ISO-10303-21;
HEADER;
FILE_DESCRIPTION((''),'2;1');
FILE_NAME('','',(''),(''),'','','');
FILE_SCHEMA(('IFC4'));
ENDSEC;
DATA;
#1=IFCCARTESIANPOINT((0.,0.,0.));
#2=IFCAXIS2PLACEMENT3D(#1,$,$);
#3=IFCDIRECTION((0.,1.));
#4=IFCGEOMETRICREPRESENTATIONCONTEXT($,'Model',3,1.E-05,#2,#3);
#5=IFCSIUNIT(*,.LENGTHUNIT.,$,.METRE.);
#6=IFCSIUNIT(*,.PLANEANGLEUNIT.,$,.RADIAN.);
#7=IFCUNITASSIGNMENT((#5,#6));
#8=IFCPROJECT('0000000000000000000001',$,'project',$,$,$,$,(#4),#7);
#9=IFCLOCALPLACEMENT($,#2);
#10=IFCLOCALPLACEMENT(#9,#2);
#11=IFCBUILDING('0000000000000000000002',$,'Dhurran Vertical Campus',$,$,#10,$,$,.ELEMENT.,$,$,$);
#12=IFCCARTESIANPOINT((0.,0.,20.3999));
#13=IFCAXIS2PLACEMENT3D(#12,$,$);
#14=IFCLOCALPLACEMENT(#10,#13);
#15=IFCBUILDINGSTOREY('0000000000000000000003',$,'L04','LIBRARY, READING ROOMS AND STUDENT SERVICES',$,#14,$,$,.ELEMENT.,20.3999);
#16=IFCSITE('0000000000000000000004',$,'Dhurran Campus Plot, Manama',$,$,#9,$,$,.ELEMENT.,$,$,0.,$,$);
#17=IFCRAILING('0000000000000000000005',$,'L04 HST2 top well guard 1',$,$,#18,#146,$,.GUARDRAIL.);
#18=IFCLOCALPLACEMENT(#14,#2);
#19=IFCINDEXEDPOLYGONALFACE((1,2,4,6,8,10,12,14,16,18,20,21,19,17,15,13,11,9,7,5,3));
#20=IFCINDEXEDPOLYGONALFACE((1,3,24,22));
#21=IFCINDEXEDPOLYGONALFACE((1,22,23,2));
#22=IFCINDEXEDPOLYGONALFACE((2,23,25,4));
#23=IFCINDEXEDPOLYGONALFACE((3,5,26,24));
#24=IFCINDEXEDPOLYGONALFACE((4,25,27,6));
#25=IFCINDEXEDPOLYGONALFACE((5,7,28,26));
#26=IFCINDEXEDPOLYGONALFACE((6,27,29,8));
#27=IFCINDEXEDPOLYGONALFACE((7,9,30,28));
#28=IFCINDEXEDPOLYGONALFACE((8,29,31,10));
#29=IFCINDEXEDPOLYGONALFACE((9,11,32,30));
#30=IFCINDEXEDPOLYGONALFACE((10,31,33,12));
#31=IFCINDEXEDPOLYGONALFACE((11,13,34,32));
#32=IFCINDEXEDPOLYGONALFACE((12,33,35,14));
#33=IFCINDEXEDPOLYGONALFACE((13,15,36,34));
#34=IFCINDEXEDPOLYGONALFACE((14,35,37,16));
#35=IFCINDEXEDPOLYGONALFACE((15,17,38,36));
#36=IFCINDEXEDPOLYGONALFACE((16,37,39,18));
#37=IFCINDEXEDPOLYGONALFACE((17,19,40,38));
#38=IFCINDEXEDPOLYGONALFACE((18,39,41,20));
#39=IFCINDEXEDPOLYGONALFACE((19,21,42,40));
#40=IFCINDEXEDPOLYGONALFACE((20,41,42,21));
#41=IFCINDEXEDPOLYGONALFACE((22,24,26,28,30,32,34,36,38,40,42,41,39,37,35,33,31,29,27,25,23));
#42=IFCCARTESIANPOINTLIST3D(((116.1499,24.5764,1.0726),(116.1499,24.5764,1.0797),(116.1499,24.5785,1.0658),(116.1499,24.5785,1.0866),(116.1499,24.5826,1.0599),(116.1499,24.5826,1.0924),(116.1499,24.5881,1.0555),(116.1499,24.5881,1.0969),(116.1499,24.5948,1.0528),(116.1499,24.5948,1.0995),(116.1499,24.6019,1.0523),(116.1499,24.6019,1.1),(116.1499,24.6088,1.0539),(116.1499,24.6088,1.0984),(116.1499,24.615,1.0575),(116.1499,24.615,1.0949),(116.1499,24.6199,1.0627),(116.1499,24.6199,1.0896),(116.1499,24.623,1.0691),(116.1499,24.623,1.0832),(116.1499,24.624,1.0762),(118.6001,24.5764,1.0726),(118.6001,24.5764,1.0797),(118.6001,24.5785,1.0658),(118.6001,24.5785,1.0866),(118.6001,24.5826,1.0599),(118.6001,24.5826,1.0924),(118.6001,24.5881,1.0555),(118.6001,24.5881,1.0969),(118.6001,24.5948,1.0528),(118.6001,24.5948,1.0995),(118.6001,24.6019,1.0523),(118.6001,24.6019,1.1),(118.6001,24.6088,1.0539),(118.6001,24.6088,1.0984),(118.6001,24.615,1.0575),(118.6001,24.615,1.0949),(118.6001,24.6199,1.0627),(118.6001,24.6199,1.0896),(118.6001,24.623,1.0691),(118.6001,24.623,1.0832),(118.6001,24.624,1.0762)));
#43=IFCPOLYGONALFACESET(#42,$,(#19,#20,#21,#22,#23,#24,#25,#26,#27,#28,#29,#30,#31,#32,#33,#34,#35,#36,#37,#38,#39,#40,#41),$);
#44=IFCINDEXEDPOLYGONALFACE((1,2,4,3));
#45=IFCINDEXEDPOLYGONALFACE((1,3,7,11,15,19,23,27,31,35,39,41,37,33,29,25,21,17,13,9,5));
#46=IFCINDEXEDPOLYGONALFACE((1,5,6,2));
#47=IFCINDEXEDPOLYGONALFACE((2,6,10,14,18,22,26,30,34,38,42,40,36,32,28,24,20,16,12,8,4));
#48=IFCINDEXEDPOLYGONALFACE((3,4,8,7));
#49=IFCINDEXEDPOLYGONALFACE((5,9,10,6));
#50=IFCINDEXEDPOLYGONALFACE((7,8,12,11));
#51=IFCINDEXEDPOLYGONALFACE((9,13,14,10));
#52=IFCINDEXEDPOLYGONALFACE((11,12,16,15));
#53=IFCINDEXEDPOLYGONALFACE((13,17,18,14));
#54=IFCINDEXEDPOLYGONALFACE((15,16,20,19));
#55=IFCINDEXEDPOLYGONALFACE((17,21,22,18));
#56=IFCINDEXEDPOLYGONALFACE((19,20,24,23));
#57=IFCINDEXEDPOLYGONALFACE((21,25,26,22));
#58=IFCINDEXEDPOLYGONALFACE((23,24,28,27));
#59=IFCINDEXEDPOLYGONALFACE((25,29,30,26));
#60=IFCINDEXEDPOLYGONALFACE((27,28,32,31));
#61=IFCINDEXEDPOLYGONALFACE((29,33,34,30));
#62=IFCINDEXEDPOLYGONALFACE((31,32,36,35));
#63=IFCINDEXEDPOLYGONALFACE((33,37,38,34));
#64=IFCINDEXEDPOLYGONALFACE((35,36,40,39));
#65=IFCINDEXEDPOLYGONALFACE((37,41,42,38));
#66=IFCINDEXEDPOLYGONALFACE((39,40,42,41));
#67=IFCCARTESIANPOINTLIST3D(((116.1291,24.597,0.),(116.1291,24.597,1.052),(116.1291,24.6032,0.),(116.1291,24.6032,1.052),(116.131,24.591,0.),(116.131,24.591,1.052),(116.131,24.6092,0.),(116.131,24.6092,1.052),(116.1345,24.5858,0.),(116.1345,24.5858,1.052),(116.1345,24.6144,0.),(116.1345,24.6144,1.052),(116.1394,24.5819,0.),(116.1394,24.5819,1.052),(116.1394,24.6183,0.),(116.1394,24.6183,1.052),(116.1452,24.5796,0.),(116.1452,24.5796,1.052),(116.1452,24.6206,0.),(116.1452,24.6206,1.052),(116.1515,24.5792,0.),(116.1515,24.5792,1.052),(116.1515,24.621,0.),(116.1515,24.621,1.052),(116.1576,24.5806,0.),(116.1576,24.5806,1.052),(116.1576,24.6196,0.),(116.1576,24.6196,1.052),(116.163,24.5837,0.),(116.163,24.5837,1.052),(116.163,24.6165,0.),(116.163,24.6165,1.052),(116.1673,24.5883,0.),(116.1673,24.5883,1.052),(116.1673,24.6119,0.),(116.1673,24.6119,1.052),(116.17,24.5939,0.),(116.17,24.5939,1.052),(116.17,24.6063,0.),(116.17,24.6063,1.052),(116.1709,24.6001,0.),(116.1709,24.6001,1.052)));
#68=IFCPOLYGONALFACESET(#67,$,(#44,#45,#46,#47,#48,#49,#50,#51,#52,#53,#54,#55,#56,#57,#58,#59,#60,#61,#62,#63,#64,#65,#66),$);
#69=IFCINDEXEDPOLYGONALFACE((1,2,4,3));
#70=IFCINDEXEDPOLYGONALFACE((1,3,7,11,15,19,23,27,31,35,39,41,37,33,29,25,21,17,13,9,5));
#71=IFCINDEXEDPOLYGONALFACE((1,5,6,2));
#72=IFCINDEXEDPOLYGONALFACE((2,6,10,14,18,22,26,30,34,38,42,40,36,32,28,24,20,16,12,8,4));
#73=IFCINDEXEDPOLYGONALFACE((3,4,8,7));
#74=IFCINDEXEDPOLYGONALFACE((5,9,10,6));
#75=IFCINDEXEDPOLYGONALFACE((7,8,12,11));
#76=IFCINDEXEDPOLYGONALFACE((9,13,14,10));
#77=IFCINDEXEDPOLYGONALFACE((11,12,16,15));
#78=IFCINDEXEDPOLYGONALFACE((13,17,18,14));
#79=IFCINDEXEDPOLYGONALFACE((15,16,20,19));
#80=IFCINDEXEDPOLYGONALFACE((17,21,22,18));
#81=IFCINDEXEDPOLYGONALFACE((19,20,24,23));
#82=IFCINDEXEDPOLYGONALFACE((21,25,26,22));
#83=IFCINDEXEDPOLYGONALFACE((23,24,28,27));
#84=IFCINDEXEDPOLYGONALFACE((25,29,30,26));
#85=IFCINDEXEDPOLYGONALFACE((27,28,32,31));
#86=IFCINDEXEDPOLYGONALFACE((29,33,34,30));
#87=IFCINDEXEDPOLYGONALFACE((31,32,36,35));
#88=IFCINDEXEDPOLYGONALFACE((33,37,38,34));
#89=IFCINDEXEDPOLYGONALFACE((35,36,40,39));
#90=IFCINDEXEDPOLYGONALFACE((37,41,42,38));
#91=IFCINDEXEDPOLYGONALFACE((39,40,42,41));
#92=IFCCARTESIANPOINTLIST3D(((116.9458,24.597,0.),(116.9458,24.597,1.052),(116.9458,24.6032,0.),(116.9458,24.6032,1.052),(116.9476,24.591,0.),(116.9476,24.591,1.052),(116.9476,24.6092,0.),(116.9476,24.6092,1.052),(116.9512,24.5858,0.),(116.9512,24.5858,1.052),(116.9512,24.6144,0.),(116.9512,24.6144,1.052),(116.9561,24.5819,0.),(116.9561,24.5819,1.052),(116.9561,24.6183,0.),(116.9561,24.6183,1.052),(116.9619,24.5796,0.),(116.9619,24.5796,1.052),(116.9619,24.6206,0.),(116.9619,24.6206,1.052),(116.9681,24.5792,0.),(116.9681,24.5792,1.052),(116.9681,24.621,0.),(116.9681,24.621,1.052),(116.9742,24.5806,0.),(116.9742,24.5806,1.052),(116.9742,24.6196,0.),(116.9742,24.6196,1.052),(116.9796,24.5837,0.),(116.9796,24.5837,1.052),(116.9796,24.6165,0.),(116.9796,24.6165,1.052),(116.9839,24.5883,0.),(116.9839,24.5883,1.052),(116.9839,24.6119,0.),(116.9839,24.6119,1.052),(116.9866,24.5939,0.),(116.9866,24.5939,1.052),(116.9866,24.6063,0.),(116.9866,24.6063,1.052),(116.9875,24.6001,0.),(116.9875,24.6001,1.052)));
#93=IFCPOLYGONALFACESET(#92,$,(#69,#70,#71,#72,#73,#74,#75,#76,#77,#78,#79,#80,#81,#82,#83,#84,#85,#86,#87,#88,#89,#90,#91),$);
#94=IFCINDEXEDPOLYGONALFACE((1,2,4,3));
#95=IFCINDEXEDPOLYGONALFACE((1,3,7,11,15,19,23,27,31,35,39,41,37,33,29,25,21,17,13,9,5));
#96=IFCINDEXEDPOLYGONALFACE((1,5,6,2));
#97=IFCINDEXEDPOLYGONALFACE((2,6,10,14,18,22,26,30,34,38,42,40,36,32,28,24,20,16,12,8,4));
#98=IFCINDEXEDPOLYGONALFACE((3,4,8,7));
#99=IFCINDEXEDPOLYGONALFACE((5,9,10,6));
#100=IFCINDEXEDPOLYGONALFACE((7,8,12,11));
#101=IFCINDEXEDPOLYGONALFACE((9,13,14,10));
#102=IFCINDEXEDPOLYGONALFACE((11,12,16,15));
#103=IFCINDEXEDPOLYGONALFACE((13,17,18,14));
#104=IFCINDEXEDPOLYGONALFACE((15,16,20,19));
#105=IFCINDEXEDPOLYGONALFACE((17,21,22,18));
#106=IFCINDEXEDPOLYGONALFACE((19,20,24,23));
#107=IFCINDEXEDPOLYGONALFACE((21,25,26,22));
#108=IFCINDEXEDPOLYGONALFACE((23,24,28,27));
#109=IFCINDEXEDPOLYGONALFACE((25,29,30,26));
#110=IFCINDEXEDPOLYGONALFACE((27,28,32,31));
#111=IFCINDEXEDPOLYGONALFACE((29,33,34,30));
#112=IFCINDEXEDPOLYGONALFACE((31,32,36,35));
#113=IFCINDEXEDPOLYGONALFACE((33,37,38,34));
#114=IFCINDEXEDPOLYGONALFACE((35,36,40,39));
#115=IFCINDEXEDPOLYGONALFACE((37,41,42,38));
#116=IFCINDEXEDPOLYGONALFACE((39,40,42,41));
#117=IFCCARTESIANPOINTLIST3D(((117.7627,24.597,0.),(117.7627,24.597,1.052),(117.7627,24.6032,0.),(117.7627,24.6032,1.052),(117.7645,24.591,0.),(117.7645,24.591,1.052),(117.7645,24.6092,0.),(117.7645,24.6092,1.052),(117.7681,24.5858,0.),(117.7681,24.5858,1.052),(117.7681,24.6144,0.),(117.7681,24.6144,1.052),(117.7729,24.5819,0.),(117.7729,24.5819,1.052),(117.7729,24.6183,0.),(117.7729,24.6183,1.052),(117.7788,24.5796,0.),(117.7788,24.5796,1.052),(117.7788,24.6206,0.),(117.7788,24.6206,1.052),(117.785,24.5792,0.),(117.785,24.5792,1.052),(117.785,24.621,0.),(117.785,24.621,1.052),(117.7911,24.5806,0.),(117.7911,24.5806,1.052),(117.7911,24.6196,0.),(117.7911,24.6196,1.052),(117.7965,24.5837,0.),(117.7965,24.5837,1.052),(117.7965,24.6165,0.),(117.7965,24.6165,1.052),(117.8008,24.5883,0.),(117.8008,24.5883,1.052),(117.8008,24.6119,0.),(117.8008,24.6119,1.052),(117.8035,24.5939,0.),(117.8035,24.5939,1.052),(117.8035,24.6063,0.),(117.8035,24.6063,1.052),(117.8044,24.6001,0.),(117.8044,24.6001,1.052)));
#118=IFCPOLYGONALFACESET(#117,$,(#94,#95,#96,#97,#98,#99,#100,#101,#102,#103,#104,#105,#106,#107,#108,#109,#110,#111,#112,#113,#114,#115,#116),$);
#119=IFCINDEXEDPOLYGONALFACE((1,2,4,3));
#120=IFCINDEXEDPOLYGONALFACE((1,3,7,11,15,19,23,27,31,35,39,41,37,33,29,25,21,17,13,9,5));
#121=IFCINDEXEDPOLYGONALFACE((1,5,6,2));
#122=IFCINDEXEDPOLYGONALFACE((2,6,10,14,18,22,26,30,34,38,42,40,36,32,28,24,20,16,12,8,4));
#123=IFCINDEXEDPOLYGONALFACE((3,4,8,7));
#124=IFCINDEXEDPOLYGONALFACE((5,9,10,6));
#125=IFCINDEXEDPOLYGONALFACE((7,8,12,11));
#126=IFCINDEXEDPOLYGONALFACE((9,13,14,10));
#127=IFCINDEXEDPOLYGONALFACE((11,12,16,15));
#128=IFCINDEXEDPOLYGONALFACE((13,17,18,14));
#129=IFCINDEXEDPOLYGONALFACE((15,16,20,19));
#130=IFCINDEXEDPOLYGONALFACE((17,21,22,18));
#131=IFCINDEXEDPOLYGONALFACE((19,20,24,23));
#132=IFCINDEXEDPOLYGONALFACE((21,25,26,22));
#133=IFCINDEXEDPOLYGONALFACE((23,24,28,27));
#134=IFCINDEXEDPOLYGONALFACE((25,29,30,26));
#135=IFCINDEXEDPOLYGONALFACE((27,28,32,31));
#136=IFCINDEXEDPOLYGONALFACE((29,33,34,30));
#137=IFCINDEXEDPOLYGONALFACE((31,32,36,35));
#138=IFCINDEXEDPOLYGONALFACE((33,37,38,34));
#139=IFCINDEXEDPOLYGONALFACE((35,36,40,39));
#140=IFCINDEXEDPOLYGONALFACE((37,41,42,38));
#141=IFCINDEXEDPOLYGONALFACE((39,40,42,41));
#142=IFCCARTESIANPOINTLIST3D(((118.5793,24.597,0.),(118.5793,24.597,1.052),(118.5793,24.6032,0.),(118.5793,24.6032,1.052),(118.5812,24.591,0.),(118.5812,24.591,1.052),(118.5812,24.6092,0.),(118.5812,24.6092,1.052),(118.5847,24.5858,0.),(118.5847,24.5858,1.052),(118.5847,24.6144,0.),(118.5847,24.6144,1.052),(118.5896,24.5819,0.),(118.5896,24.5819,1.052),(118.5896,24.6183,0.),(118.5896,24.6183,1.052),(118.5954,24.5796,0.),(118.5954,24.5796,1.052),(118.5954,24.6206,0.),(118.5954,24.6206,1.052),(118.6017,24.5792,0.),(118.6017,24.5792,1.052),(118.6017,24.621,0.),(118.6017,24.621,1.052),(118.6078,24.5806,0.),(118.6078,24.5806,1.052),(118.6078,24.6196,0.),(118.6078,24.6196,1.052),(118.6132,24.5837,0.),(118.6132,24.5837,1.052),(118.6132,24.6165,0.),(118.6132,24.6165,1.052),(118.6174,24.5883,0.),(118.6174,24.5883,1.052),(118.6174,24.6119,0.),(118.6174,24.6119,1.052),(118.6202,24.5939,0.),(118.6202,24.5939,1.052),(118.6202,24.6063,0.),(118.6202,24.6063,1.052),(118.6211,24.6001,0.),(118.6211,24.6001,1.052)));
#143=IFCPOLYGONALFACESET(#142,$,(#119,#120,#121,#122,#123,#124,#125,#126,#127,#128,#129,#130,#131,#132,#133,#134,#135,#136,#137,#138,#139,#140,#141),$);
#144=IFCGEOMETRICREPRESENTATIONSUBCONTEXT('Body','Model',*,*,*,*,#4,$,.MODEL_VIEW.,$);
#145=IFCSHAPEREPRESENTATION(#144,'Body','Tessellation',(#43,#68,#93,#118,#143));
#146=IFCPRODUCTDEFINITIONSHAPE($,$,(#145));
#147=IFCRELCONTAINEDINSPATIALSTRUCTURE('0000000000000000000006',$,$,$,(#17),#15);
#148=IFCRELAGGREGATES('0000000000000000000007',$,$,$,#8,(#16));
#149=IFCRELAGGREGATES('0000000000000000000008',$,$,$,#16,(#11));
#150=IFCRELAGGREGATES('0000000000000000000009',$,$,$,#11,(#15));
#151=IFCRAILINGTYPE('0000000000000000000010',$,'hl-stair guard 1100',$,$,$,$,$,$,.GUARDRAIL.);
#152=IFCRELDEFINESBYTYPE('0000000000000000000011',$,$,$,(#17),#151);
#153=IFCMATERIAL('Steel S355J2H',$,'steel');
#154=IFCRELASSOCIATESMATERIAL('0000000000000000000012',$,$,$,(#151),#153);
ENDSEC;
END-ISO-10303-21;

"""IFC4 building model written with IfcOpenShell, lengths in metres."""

from ifc_helpers import new_model, si_unit, direction, frame, origin, origin_2d, place, context, subcontext, project, spatial, circle, extrude, material, type_object, element, save


model = new_model("IFC4")

# Units and contexts
model_context = context("Model", 3, precision=1e-05, world=origin(), true_north=direction((0.0, 1.0)))
body_context = subcontext(model_context, "Body", "Model", "MODEL_VIEW")
ifc_project = project(units=[si_unit("LENGTHUNIT", "METRE"), si_unit("PLANEANGLEUNIT", "RADIAN")], contexts=[model_context])

# Site, building, storey
site_placement = place(None, origin())
site = spatial("IfcSite", under=ifc_project, at=site_placement, Name="Dhurran Campus Plot, Manama", CompositionType="ELEMENT", RefElevation=0.0)
building_placement = place(site_placement, origin())
building = spatial("IfcBuilding", under=site, at=building_placement, Name="Dhurran Vertical Campus", CompositionType="ELEMENT")
storey_placement = place(building_placement, frame((0.0, 0.0, 20.3999)))
storey = spatial("IfcBuildingStorey", under=building, at=storey_placement, Name="L04", Description="LIBRARY, READING ROOMS AND STUDENT SERVICES", CompositionType="ELEMENT", Elevation=20.3999)

# Railing
ifc_material_1 = material(Name="Steel S355J2H", Category="steel")
railing_type_1 = type_object("IfcRailingType", Name="hl-stair guard 1100", PredefinedType="GUARDRAIL", material=ifc_material_1)
railing_1_placement = place(storey_placement, frame((116.1499, 24.6001, 0.0)))
element("IfcRailing", 1, at=railing_1_placement, inside=storey, type_object=railing_type_1, Name="L04 HST2 top well guard 1", PredefinedType="GUARDRAIL", context=body_context, shape_type="SweptSolid", body=[
    extrude(circle(Radius=0.0239, at=origin_2d()), frame((0.0, 0.0, 1.0762), z_axis=(1.0, 0.0, 0.0), x_axis=(0.0, 1.0, 0.0)), (0.0, 0.0, 1.0), 2.4502),
    extrude(circle(Radius=0.021, at=origin_2d()), origin(), (0.0, 0.0, 1.0), 1.052),
    extrude(circle(Radius=0.021, at=origin_2d()), frame((0.8167, 0.0, 0.0)), (0.0, 0.0, 1.0), 1.052),
    extrude(circle(Radius=0.021, at=origin_2d()), frame((1.6335, 0.0, 0.0)), (0.0, 0.0, 1.0), 1.052),
    extrude(circle(Radius=0.021, at=origin_2d()), frame((2.4502, 0.0, 0.0)), (0.0, 0.0, 1.0), 1.052),
])

save(model, "model.ifc")
